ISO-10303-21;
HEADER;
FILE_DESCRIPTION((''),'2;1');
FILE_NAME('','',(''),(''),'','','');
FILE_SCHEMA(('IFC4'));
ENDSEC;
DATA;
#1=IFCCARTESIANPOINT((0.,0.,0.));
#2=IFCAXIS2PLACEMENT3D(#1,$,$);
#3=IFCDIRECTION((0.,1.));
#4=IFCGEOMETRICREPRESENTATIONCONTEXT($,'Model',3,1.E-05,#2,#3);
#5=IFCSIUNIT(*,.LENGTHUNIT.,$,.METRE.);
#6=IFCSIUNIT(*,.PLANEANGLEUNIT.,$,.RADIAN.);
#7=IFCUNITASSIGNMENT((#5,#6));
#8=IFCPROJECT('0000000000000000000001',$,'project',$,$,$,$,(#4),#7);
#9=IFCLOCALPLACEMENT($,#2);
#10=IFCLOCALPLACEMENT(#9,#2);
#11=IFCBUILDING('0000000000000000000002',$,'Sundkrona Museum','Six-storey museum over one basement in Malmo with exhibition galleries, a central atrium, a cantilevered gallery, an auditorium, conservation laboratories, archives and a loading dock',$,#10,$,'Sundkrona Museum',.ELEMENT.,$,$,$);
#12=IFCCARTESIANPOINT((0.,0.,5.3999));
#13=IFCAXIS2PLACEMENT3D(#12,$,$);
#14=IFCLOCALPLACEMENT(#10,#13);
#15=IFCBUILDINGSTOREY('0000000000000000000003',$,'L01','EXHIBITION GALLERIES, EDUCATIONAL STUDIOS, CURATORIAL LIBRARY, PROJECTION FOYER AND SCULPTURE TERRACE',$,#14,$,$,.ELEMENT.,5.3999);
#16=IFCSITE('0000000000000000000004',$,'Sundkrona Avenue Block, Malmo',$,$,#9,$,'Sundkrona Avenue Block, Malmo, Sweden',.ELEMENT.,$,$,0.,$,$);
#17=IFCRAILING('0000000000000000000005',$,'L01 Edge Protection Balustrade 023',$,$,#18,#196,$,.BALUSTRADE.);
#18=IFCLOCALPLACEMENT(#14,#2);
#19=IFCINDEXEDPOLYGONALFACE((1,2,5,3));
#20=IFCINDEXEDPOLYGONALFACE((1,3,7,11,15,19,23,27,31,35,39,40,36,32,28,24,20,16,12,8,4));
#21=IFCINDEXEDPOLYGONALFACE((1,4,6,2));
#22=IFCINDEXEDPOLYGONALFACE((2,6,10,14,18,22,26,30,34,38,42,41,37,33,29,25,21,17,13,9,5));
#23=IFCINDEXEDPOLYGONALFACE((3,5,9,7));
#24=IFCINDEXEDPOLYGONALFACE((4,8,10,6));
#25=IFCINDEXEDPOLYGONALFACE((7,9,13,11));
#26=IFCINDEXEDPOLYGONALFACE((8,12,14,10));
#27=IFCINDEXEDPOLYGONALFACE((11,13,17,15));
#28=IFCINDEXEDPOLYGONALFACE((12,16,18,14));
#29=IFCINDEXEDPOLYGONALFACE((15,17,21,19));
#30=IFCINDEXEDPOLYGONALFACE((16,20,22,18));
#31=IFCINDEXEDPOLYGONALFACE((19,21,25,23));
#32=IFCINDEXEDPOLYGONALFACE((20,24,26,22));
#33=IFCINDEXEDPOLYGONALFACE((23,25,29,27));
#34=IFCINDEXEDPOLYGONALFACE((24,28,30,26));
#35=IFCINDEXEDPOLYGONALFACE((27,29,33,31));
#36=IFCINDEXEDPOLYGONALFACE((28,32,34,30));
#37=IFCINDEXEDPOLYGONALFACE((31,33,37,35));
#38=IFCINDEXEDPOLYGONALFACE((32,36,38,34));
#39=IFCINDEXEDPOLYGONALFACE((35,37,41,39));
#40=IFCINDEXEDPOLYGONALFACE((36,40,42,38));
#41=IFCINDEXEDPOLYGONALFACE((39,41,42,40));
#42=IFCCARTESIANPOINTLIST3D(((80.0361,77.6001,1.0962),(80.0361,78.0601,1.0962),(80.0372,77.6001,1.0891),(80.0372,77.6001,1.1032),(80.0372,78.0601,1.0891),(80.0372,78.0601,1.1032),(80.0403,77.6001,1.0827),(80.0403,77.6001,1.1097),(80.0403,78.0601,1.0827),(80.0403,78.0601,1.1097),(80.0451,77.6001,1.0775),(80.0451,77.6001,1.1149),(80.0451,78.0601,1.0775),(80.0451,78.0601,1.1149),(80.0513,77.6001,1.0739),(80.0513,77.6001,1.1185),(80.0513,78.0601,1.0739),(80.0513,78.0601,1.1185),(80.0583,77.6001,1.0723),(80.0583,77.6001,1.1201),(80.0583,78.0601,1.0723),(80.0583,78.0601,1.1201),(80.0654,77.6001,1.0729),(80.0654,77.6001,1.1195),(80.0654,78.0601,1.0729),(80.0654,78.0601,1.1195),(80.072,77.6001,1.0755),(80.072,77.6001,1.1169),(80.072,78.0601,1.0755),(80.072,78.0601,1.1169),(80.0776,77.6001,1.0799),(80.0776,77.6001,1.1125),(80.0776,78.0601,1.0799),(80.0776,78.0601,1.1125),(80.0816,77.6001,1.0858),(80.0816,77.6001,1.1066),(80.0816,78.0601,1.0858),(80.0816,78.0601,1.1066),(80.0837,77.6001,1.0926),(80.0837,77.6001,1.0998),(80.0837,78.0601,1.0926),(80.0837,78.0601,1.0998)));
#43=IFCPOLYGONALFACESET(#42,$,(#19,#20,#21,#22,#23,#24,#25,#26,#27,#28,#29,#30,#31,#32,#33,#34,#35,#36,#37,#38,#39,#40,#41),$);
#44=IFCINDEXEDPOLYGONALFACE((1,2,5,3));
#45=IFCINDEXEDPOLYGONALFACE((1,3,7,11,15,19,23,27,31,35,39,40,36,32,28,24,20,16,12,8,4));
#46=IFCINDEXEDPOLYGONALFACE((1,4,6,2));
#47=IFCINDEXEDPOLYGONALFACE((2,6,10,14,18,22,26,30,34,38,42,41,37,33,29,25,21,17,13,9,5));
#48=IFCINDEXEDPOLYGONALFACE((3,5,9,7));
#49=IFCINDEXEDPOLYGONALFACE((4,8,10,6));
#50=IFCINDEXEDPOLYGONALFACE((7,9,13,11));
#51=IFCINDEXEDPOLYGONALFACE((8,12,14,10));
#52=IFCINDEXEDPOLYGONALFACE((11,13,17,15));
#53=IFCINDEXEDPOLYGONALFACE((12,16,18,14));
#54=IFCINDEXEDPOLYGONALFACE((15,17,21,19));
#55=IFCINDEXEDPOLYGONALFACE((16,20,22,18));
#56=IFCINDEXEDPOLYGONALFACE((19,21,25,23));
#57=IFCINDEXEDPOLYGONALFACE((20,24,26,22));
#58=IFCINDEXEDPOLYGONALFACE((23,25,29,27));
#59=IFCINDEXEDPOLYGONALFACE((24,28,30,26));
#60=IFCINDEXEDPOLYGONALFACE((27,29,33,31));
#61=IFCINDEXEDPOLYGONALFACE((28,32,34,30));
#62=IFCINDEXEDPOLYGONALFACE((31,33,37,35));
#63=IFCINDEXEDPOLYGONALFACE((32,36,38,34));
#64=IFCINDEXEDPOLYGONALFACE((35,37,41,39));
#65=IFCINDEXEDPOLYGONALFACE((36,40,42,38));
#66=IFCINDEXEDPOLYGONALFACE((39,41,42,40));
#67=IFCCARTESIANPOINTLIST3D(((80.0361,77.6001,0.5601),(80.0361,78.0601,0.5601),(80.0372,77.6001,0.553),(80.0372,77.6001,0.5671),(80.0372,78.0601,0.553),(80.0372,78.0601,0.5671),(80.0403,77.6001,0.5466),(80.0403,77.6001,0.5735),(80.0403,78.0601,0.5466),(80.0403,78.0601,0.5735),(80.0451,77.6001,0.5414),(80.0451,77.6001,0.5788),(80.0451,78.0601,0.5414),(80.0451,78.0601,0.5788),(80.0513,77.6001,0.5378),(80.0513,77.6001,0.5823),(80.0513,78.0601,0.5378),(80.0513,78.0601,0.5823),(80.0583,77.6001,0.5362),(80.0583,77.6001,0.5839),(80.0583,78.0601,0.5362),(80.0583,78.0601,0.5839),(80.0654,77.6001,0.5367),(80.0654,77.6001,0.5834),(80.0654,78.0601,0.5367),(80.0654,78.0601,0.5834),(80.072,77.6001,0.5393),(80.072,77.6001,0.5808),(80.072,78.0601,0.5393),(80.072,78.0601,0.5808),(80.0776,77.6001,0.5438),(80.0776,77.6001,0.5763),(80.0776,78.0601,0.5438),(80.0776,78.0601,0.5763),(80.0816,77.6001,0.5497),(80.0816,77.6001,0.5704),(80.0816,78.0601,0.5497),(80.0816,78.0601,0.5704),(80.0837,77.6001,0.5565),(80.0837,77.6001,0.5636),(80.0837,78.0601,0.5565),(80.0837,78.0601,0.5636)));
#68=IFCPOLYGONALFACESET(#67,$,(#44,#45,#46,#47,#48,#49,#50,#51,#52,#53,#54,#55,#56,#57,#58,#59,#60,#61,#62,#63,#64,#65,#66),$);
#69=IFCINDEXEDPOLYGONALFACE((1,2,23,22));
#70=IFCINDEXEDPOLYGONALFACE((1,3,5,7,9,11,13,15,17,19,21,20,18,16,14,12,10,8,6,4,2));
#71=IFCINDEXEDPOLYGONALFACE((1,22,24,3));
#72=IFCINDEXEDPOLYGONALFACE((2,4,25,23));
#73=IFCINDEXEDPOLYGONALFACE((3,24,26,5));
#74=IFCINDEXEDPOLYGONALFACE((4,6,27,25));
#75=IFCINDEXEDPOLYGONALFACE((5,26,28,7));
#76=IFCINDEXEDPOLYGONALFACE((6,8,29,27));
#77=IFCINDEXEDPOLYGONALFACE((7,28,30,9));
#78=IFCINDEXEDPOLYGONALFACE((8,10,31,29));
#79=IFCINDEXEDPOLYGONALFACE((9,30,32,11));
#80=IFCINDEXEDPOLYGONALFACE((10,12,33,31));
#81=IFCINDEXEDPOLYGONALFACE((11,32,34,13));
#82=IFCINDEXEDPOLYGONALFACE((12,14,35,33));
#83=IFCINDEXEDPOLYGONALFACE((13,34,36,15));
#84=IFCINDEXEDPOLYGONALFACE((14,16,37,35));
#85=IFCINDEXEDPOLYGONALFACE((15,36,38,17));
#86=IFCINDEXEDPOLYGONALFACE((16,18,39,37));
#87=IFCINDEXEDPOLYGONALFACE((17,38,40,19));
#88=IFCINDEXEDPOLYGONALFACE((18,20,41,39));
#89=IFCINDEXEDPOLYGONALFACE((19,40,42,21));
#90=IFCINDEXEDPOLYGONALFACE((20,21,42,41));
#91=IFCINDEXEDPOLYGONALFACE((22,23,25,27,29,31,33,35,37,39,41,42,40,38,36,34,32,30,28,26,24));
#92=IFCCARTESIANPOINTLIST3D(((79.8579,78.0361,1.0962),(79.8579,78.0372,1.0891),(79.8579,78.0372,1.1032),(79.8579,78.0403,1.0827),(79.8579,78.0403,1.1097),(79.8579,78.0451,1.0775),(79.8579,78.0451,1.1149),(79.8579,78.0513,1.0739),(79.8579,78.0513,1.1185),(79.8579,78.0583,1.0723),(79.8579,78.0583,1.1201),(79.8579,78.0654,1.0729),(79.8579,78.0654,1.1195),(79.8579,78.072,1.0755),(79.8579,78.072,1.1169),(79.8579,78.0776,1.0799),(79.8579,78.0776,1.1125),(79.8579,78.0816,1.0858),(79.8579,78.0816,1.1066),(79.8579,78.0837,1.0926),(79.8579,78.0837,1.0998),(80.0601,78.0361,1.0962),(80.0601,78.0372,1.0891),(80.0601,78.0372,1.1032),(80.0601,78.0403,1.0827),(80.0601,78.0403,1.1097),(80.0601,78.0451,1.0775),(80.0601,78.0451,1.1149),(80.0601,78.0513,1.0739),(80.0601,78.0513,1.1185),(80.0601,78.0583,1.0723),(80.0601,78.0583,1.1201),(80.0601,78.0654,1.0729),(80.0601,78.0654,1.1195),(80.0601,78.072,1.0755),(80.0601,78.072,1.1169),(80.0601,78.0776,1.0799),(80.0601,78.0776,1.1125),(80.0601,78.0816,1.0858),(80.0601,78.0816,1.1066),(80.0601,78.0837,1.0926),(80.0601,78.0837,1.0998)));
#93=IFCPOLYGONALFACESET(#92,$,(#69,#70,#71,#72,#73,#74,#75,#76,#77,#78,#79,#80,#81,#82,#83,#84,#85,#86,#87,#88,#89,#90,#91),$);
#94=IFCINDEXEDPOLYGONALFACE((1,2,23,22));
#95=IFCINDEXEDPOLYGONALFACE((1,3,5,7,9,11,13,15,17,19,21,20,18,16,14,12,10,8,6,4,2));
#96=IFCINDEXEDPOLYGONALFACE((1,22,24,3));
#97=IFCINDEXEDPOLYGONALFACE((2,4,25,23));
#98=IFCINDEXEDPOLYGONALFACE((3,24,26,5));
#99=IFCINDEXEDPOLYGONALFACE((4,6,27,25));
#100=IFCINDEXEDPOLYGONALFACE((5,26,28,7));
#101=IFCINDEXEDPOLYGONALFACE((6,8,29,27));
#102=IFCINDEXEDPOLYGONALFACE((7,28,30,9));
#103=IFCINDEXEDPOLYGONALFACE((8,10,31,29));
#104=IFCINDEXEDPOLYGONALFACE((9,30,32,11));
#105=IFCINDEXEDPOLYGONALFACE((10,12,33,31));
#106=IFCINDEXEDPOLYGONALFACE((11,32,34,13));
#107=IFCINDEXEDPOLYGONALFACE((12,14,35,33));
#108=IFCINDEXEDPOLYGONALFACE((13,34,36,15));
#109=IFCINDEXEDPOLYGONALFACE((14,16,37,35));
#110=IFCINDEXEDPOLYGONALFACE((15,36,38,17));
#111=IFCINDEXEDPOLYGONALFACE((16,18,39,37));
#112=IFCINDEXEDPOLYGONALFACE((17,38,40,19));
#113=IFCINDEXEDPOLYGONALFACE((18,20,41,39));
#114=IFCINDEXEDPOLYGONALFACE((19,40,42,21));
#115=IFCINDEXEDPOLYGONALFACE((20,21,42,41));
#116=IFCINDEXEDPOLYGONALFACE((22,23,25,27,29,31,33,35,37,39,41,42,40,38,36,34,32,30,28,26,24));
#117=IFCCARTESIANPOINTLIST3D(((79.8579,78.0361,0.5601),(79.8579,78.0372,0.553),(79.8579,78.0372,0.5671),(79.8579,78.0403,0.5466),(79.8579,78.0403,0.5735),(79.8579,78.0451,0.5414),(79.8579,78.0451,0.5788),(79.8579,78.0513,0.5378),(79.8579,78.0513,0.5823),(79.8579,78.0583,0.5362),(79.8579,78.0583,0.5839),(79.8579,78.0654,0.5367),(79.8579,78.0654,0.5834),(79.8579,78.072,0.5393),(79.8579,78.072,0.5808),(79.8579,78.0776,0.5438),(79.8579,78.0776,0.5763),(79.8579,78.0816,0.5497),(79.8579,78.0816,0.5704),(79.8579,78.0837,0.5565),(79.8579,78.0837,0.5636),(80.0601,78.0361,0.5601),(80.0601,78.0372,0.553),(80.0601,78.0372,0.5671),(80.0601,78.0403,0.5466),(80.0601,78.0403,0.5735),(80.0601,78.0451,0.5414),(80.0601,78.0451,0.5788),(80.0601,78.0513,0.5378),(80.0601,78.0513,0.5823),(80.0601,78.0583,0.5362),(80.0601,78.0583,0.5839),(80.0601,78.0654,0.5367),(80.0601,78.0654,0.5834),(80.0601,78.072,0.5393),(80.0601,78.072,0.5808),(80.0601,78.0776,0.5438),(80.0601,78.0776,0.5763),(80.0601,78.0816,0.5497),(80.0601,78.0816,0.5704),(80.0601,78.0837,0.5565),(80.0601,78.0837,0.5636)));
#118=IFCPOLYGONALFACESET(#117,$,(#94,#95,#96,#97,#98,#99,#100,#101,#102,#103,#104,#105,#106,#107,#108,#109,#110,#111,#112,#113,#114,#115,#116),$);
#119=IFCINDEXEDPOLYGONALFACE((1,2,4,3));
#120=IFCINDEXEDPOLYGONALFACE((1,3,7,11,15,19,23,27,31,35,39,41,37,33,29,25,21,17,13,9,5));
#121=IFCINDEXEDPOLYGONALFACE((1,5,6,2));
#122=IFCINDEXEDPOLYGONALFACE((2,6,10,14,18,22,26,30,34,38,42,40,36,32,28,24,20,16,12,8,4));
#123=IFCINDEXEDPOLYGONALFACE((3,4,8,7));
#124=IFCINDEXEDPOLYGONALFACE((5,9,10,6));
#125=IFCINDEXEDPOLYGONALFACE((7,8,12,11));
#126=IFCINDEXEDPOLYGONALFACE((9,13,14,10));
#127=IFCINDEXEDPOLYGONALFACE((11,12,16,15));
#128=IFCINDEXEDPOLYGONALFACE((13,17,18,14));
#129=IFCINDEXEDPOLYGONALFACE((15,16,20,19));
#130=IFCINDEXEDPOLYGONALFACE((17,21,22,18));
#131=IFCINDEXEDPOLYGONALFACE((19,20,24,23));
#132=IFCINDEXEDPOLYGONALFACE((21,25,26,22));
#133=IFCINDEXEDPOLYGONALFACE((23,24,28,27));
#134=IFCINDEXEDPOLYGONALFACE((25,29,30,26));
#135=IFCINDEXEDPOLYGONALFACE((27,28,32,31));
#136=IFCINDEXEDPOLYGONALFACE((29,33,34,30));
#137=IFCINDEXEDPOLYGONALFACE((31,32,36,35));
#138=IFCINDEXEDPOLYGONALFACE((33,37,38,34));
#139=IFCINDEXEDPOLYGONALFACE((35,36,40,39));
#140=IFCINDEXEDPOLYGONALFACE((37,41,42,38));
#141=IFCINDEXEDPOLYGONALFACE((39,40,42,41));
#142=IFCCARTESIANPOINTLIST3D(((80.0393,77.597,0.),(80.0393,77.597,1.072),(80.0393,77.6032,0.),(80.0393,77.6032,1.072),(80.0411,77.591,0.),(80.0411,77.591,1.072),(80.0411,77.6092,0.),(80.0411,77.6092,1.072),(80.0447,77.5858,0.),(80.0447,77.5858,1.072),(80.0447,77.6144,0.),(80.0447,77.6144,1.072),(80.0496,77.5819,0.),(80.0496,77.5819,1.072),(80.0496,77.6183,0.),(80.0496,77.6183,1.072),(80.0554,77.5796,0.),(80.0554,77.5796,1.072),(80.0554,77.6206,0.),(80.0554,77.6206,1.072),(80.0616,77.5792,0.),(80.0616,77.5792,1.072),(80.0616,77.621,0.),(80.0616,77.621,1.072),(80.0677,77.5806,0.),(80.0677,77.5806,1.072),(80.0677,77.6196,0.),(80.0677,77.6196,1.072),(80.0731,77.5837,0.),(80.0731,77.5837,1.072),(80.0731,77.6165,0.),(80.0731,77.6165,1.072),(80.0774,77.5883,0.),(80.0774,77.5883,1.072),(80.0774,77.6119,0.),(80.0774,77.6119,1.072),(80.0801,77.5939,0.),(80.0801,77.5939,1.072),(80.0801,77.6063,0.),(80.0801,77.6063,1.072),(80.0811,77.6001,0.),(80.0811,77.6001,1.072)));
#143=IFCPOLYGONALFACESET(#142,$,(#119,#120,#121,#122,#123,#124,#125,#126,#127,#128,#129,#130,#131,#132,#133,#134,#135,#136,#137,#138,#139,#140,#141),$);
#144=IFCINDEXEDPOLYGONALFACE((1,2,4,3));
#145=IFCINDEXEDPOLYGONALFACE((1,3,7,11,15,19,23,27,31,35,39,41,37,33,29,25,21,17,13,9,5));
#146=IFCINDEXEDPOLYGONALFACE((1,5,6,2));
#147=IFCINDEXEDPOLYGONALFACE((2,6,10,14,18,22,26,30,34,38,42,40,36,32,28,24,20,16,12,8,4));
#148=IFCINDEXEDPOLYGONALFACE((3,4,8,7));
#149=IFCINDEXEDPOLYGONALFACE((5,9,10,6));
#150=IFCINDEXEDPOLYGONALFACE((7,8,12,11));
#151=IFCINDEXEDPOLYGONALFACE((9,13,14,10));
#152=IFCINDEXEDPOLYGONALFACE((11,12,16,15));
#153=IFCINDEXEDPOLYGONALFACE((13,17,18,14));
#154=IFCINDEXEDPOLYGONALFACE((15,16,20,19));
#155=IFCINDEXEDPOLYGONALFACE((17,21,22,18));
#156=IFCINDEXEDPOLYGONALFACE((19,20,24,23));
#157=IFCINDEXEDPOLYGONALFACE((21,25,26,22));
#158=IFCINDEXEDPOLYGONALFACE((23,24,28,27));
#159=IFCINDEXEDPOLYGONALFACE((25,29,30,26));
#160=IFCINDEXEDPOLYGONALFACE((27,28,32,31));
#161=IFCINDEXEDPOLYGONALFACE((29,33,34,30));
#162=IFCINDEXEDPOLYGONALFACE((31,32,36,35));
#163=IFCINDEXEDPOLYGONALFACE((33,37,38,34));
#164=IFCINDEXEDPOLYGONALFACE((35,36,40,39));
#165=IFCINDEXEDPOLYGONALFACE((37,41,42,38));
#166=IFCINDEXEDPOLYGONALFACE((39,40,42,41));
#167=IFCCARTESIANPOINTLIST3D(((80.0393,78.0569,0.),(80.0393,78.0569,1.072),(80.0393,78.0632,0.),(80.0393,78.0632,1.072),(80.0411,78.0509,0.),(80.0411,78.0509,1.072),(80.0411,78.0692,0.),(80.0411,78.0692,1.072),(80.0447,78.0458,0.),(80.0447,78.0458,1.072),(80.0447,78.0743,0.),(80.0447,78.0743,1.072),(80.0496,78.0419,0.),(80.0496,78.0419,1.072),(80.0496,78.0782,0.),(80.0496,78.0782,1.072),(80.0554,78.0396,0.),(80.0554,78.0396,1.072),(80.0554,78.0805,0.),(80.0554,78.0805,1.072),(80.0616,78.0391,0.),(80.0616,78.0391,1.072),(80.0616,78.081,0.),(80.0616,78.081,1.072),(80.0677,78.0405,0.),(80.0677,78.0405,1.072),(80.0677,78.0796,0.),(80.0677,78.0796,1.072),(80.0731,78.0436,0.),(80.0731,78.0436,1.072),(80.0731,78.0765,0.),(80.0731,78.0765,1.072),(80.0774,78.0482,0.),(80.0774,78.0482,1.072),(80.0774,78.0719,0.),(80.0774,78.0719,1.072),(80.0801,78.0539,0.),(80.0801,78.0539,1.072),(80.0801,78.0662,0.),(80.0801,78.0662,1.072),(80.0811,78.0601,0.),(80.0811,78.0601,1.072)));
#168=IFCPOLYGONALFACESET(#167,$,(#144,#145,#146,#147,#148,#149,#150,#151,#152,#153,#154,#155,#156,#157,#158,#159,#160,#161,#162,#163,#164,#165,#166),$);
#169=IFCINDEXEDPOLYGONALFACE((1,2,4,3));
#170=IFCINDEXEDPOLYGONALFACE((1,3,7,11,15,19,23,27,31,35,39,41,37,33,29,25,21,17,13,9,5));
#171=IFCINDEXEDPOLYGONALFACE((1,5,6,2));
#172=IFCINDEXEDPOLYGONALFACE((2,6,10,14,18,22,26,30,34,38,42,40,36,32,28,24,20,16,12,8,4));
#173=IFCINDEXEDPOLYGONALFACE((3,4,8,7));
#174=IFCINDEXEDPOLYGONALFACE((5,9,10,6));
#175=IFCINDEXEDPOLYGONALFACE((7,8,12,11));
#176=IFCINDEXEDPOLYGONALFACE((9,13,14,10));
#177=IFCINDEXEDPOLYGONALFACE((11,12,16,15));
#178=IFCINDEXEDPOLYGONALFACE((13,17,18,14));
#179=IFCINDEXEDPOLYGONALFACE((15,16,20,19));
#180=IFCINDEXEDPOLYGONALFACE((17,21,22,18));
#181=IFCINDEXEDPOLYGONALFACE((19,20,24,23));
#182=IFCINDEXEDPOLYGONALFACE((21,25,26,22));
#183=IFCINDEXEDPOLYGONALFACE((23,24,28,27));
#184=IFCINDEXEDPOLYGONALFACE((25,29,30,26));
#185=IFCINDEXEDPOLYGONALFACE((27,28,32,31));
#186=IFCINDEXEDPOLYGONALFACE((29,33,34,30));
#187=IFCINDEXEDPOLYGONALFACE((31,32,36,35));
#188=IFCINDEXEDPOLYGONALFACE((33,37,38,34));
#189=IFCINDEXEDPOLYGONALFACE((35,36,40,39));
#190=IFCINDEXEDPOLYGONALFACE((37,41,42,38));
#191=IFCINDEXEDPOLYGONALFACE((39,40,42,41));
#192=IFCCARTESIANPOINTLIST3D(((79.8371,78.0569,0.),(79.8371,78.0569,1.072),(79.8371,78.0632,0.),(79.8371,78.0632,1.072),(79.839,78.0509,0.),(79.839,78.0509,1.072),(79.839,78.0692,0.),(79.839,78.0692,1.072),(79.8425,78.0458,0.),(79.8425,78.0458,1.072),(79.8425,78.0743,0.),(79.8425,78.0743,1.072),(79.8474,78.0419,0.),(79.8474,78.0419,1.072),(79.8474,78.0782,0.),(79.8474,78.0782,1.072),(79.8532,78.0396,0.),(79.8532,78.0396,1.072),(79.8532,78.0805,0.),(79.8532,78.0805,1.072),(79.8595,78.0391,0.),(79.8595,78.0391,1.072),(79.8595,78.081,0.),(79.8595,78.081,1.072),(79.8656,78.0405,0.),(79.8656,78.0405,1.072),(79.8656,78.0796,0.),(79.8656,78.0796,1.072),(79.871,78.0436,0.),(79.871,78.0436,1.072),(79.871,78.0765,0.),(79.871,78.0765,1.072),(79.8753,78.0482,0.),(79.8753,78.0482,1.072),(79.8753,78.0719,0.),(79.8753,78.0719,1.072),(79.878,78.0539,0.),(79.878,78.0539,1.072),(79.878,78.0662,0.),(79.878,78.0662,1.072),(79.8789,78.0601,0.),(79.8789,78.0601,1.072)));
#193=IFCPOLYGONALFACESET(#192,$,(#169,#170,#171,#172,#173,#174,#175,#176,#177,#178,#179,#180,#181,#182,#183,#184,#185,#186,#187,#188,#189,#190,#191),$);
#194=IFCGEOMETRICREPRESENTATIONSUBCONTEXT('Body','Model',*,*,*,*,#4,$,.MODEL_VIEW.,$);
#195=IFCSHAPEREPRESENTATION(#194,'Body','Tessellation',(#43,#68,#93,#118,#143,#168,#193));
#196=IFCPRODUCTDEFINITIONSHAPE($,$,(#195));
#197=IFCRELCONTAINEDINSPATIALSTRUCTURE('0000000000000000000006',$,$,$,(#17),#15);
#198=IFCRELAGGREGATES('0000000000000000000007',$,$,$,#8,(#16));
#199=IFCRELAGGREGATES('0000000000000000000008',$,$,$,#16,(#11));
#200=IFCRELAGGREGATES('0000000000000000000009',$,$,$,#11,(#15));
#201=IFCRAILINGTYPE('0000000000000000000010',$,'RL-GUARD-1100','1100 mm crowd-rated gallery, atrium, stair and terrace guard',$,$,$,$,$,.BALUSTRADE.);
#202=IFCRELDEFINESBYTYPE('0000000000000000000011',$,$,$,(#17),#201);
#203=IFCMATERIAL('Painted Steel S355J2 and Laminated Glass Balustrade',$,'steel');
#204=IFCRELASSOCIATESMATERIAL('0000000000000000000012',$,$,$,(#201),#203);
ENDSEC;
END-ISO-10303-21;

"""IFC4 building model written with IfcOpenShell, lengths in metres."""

from ifc_helpers import new_model, si_unit, direction, frame, origin, origin_2d, place, context, subcontext, project, spatial, circle, extrude, material, type_object, element, save


model = new_model("IFC4")

# Units and contexts
model_context = context("Model", 3, precision=1e-05, world=origin(), true_north=direction((0.0, 1.0)))
body_context = subcontext(model_context, "Body", "Model", "MODEL_VIEW")
ifc_project = project(units=[si_unit("LENGTHUNIT", "METRE"), si_unit("PLANEANGLEUNIT", "RADIAN")], contexts=[model_context])

# Site, building, storey
site_placement = place(None, origin())
site = spatial("IfcSite", under=ifc_project, at=site_placement, Name="Sundkrona Avenue Block, Malmo", LongName="Sundkrona Avenue Block, Malmo, Sweden", CompositionType="ELEMENT", RefElevation=0.0)
building_placement = place(site_placement, origin())
building = spatial("IfcBuilding", under=site, at=building_placement, Name="Sundkrona Museum", Description="Six-storey museum over one basement in Malmo with exhibition galleries, a central atrium, a cantilevered gallery, an auditorium, conservation laboratories, archives and a loading dock", LongName="Sundkrona Museum", CompositionType="ELEMENT")
storey_placement = place(building_placement, frame((0.0, 0.0, 5.3999)))
storey = spatial("IfcBuildingStorey", under=building, at=storey_placement, Name="L01", Description="EXHIBITION GALLERIES, EDUCATIONAL STUDIOS, CURATORIAL LIBRARY, PROJECTION FOYER AND SCULPTURE TERRACE", CompositionType="ELEMENT", Elevation=5.3999)

# Railing
ifc_material_1 = material(Name="Painted Steel S355J2 and Laminated Glass Balustrade", Category="steel")
railing_type = type_object("IfcRailingType", Name="RL-GUARD-1100", Description="1100 mm crowd-rated gallery, atrium, stair and terrace guard", PredefinedType="BALUSTRADE", material=ifc_material_1)
railing_placement = place(storey_placement, frame((80.0601, 77.6001, 0.0)))
element("IfcRailing", 1, at=railing_placement, inside=storey, type_object=railing_type, Name="L01 Edge Protection Balustrade 023", PredefinedType="BALUSTRADE", context=body_context, shape_type="SweptSolid", body=[
    extrude(circle(Radius=0.0239, at=origin_2d()), frame((0.0, 0.0, 1.0962), z_axis=(0.0, 1.0, 0.0), x_axis=(-1.0, 0.0, 0.0)), (0.0, 0.0, 1.0), 0.46),
    extrude(circle(Radius=0.0239, at=origin_2d()), frame((0.0, 0.0, 0.5601), z_axis=(0.0, 1.0, 0.0), x_axis=(-1.0, 0.0, 0.0)), (0.0, 0.0, 1.0), 0.46),
    extrude(circle(Radius=0.0239, at=origin_2d()), frame((0.0, 0.46, 1.0962), z_axis=(-1.0, 0.0, 0.0), x_axis=(0.0, -1.0, 0.0)), (0.0, 0.0, 1.0), 0.2021),
    extrude(circle(Radius=0.0239, at=origin_2d()), frame((0.0, 0.46, 0.5601), z_axis=(-1.0, 0.0, 0.0), x_axis=(0.0, -1.0, 0.0)), (0.0, 0.0, 1.0), 0.2021),
    extrude(circle(Radius=0.021, at=origin_2d()), origin(), (0.0, 0.0, 1.0), 1.072),
    extrude(circle(Radius=0.021, at=origin_2d()), frame((0.0, 0.46, 0.0)), (0.0, 0.0, 1.0), 1.072),
    extrude(circle(Radius=0.021, at=origin_2d()), frame((-0.2021, 0.46, 0.0)), (0.0, 0.0, 1.0), 1.072),
])

save(model, "model.ifc")
